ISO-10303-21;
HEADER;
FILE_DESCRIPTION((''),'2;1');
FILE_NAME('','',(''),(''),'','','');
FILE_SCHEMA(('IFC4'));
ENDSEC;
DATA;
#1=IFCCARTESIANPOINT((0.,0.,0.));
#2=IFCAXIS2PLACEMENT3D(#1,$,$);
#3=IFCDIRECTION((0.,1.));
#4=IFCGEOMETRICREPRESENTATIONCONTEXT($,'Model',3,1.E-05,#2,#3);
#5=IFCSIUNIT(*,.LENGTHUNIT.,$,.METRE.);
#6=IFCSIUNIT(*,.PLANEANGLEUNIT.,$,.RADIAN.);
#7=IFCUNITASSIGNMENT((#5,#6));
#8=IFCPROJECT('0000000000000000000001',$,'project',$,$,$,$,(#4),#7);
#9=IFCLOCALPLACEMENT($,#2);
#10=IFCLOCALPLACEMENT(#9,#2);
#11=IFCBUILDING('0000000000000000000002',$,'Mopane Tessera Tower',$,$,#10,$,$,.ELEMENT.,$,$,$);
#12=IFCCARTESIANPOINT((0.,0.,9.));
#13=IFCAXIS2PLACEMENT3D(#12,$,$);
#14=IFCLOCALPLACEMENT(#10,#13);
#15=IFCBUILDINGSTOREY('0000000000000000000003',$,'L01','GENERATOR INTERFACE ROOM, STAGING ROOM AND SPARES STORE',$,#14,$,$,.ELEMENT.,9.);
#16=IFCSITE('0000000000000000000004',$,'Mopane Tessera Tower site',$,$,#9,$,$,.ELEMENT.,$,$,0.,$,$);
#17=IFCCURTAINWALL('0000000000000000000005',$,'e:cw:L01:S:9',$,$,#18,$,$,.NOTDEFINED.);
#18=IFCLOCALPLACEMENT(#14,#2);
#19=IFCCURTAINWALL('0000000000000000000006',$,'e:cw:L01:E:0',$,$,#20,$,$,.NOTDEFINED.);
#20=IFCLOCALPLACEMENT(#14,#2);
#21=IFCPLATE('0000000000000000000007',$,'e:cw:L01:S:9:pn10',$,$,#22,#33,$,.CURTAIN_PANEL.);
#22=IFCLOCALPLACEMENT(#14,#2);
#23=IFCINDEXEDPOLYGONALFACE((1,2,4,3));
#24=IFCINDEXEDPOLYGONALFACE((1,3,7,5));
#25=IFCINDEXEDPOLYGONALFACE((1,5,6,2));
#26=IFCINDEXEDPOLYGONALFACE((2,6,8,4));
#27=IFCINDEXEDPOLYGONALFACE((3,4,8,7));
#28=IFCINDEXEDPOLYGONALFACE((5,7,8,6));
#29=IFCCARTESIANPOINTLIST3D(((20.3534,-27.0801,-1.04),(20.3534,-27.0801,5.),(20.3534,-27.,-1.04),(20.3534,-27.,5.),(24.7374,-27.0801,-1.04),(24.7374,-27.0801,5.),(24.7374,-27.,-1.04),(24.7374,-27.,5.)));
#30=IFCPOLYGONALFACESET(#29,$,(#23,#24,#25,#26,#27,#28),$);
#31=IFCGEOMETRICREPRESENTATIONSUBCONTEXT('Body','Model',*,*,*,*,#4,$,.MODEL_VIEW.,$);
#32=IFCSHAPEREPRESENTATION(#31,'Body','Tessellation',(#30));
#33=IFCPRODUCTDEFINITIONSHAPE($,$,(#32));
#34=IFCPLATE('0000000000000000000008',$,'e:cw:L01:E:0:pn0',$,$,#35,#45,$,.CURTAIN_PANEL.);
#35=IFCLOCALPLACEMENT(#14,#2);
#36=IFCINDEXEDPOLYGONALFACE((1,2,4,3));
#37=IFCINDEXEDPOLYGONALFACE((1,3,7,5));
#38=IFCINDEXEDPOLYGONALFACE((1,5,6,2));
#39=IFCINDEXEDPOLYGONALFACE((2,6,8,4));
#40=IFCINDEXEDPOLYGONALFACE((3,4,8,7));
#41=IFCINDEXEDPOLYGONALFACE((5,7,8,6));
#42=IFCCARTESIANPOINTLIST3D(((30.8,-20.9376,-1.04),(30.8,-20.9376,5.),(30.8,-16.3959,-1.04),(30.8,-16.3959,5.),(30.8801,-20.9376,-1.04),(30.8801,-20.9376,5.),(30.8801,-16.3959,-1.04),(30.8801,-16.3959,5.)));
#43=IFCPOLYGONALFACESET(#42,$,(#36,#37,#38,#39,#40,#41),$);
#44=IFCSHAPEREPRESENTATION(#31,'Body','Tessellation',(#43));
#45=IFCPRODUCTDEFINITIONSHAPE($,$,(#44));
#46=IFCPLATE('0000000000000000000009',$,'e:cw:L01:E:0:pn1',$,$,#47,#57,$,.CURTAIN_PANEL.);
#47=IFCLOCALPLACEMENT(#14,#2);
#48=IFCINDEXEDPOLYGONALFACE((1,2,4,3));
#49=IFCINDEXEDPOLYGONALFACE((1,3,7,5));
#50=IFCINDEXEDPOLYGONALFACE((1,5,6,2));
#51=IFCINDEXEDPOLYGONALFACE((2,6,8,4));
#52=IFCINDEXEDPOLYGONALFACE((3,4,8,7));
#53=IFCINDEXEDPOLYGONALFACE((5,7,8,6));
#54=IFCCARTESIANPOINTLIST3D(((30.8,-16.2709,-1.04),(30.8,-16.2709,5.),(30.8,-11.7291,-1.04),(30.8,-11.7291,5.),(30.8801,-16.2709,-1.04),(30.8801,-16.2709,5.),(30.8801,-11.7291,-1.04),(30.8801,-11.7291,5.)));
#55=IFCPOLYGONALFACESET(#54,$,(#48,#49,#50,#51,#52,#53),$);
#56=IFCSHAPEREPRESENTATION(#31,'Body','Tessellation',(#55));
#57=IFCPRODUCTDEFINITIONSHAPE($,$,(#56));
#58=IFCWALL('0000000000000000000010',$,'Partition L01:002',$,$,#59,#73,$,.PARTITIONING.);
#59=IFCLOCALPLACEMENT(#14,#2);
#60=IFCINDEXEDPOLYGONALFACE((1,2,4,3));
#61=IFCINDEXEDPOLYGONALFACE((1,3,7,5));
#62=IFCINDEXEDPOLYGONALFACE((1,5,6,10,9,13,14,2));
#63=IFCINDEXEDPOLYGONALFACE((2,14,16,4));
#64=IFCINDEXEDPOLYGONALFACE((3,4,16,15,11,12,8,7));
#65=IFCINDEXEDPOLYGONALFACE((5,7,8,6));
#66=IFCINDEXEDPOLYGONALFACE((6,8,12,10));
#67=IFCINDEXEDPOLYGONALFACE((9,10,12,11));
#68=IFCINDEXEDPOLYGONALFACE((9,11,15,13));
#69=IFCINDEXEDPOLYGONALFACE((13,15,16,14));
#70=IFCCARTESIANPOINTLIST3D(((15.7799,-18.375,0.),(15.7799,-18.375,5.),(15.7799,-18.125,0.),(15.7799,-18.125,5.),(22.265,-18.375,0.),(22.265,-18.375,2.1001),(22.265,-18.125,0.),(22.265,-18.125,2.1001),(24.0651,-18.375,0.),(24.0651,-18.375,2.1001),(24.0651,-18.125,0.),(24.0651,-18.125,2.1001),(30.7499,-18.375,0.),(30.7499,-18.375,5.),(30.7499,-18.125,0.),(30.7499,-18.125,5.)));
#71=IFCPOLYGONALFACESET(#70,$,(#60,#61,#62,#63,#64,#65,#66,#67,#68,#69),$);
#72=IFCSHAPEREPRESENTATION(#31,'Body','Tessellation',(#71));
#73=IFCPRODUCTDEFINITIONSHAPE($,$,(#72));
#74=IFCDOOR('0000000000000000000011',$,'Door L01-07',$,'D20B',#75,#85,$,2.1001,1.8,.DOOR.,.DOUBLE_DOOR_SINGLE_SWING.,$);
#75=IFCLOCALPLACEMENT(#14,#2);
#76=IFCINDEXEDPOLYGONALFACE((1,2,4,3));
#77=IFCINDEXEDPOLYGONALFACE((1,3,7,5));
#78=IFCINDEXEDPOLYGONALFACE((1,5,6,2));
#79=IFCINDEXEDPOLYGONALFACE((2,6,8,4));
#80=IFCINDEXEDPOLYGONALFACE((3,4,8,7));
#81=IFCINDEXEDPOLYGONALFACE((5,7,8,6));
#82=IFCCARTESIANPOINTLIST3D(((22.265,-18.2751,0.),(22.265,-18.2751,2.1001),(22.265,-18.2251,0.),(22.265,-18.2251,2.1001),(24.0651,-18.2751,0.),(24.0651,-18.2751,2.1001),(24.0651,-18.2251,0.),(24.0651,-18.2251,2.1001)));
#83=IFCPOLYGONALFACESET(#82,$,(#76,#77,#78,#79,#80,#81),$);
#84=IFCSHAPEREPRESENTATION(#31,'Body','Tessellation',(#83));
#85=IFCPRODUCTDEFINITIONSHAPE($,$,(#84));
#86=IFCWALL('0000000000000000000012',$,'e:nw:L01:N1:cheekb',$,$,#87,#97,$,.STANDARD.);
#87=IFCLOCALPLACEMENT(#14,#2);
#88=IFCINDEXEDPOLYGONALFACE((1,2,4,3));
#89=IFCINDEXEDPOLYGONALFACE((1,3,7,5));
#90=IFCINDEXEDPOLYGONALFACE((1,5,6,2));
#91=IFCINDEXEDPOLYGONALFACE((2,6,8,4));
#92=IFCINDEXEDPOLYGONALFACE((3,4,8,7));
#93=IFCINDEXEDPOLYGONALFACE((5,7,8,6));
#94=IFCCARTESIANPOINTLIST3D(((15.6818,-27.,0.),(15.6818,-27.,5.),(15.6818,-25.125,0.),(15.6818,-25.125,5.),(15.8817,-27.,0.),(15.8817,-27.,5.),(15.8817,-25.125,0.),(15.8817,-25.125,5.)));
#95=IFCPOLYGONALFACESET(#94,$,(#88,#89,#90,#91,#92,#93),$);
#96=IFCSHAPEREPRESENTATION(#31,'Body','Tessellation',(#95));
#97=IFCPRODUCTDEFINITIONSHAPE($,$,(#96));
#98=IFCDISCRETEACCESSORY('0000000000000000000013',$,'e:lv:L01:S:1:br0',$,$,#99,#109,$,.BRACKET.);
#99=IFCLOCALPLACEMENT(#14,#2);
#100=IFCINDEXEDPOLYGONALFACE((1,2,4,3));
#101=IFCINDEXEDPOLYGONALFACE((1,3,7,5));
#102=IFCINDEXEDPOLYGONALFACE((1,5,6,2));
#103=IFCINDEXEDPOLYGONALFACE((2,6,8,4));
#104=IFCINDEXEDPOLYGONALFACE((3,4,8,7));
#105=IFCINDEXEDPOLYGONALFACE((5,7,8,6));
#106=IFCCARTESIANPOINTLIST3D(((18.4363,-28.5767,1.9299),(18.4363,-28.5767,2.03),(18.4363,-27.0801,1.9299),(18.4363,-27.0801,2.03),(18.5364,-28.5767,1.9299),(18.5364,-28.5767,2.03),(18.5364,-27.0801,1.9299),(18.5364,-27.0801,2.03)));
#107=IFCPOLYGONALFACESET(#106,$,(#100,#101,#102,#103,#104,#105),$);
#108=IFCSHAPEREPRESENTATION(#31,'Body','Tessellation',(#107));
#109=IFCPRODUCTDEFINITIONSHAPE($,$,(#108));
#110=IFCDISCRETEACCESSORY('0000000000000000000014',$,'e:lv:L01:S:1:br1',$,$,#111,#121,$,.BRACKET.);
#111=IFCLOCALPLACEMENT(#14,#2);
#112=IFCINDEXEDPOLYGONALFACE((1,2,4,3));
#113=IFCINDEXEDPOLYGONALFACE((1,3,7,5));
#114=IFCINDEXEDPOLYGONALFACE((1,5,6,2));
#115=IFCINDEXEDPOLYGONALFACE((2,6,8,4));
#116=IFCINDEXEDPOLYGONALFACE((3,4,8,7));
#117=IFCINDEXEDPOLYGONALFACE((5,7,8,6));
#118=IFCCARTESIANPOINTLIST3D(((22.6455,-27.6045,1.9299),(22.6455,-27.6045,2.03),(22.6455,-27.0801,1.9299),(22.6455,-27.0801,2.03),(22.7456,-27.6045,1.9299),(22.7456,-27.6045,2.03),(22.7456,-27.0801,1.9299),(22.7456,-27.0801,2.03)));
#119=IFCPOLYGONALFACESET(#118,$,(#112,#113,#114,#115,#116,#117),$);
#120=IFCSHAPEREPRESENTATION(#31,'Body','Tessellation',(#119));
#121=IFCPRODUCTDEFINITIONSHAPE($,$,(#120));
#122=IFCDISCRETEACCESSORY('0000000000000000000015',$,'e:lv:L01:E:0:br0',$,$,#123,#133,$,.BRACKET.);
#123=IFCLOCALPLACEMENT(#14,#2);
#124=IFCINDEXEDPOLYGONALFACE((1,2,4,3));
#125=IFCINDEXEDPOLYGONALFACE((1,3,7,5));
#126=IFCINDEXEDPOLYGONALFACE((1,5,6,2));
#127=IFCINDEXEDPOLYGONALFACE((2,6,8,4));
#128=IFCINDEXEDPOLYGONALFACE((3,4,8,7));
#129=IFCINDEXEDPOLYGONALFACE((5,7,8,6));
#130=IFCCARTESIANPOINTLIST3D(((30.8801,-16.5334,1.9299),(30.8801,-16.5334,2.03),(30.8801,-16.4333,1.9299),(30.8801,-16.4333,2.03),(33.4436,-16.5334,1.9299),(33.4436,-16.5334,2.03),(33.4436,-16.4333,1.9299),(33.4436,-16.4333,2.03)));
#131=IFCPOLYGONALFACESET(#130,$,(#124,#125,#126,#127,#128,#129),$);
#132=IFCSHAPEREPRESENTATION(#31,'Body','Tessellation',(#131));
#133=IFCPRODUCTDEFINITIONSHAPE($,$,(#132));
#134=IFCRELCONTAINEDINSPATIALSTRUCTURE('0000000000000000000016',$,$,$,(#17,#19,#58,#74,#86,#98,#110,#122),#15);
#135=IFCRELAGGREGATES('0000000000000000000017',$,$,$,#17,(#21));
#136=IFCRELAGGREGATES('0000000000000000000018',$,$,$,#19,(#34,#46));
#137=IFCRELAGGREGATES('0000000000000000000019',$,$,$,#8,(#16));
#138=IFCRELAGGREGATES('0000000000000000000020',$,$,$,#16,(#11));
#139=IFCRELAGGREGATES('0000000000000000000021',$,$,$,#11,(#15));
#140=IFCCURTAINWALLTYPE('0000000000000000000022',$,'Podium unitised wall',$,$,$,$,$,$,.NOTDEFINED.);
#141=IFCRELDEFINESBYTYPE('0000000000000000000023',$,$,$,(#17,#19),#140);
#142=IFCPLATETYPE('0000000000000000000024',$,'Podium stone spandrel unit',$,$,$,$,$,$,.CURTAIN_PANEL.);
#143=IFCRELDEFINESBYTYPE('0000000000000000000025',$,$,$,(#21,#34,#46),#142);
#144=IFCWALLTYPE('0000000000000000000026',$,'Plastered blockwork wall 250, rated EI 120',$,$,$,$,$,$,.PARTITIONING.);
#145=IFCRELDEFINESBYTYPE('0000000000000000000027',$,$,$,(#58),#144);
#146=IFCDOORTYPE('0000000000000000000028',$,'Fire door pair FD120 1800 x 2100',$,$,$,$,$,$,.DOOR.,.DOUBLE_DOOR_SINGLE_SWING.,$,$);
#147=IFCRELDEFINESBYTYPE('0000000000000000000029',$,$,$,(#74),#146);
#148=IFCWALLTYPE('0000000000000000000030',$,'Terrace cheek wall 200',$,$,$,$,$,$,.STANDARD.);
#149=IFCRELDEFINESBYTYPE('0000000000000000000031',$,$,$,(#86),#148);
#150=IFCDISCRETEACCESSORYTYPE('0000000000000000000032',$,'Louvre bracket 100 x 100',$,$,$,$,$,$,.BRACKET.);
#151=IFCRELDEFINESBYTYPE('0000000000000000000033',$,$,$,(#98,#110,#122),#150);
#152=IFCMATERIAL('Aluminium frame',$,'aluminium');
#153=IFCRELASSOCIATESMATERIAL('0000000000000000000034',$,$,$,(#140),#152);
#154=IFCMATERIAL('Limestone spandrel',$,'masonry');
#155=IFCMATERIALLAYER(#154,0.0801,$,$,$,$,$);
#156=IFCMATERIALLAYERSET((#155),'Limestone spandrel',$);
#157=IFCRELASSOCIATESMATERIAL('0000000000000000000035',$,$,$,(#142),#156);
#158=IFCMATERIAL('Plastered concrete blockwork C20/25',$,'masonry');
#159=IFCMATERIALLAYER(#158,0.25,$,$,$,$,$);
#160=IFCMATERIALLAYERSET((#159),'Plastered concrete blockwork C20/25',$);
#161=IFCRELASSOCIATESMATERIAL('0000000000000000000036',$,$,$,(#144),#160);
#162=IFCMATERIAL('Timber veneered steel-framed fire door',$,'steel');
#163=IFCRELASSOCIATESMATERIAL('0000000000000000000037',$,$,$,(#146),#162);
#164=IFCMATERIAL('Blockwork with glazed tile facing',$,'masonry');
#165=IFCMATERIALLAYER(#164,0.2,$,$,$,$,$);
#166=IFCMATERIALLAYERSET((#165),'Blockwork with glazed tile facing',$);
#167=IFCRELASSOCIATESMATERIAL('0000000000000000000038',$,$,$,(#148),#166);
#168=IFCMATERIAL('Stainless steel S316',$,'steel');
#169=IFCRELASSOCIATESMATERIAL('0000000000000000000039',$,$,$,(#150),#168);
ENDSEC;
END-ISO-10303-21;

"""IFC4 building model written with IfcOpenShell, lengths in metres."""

from ifc_helpers import new_model, si_unit, direction, frame, frame_2d, origin, origin_2d, place, context, subcontext, project, spatial, rectangle, extrude, material, layer, layer_set, type_object, element, fill, aggregate, save


model = new_model("IFC4")

# Units and contexts
model_context = context("Model", 3, precision=1e-05, world=origin(), true_north=direction((0.0, 1.0)))
body_context = subcontext(model_context, "Body", "Model", "MODEL_VIEW")
ifc_project = project(units=[si_unit("LENGTHUNIT", "METRE"), si_unit("PLANEANGLEUNIT", "RADIAN")], contexts=[model_context])

# Site, building, storey
site_placement = place(None, origin())
site = spatial("IfcSite", under=ifc_project, at=site_placement, Name="Mopane Tessera Tower site", CompositionType="ELEMENT", RefElevation=0.0)
building_placement = place(site_placement, origin())
building = spatial("IfcBuilding", under=site, at=building_placement, Name="Mopane Tessera Tower", CompositionType="ELEMENT")
storey_placement = place(building_placement, frame((0.0, 0.0, 9.0)))
storey = spatial("IfcBuildingStorey", under=building, at=storey_placement, Name="L01", Description="GENERATOR INTERFACE ROOM, STAGING ROOM AND SPARES STORE", CompositionType="ELEMENT", Elevation=9.0)

# Curtain walls
ifc_material_1 = material(Name="Aluminium frame", Category="aluminium")
curtain_wall_type = type_object("IfcCurtainWallType", Name="Podium unitised wall", PredefinedType="NOTDEFINED", material=ifc_material_1)
curtain_wall_1_placement = place(storey_placement, origin())
curtain_wall_1 = element("IfcCurtainWall", 1, at=curtain_wall_1_placement, inside=storey, type_object=curtain_wall_type, Name="e:cw:L01:S:9", PredefinedType="NOTDEFINED")
curtain_wall_2_placement = place(storey_placement, origin())
curtain_wall_2 = element("IfcCurtainWall", 2, at=curtain_wall_2_placement, inside=storey, type_object=curtain_wall_type, Name="e:cw:L01:E:0", PredefinedType="NOTDEFINED")

# Plates
ifc_material_2 = material(Name="Limestone spandrel", Category="masonry")
ifc_layer_1 = layer(ifc_material_2, 0.0801)
ifc_layer_set_1 = layer_set([ifc_layer_1], Name="Limestone spandrel")
plate_type = type_object("IfcPlateType", Name="Podium stone spandrel unit", PredefinedType="CURTAIN_PANEL", material=ifc_layer_set_1)
plate_1_placement = place(storey_placement, frame((22.5454, -27.04, -1.04), z_axis=(0.0, 0.0, 1.0), x_axis=(1.0, 0.0, 0.0)))
plate_1 = element("IfcPlate", 3, at=plate_1_placement, type_object=plate_type, Name="e:cw:L01:S:9:pn10", PredefinedType="CURTAIN_PANEL", context=body_context, shape_type="SweptSolid", body=[
    extrude(rectangle(XDim=4.384, YDim=0.0801, at=origin_2d()), origin(), (0.0, 0.0, 1.0), 6.04),
])
aggregate(curtain_wall_1, [plate_1])
plate_2_placement = place(storey_placement, frame((30.8401, -18.6667, -1.04), z_axis=(0.0, 0.0, 1.0), x_axis=(0.0, 1.0, 0.0)))
plate_2 = element("IfcPlate", 4, at=plate_2_placement, type_object=plate_type, Name="e:cw:L01:E:0:pn0", PredefinedType="CURTAIN_PANEL", context=body_context, shape_type="SweptSolid", body=[
    extrude(rectangle(XDim=4.5417, YDim=0.0801, at=origin_2d()), origin(), (0.0, 0.0, 1.0), 6.04),
])
plate_3_placement = place(storey_placement, frame((30.8401, -14.0, -1.04), z_axis=(0.0, 0.0, 1.0), x_axis=(0.0, 1.0, 0.0)))
plate_3 = element("IfcPlate", 5, at=plate_3_placement, type_object=plate_type, Name="e:cw:L01:E:0:pn1", PredefinedType="CURTAIN_PANEL", context=body_context, shape_type="SweptSolid", body=[
    extrude(rectangle(XDim=4.5417, YDim=0.0801, at=origin_2d()), origin(), (0.0, 0.0, 1.0), 6.04),
])
aggregate(curtain_wall_2, [plate_2, plate_3])

# Wall, opening, door
ifc_material_3 = material(Name="Plastered concrete blockwork C20/25", Category="masonry")
ifc_layer_2 = layer(ifc_material_3, 0.25)
ifc_layer_set_2 = layer_set([ifc_layer_2], Name="Plastered concrete blockwork C20/25")
wall_type_1 = type_object("IfcWallType", Name="Plastered blockwork wall 250, rated EI 120", PredefinedType="PARTITIONING", material=ifc_layer_set_2)
wall_1_placement = place(storey_placement, frame((15.78, -18.25, 0.0), z_axis=(0.0, 0.0, 1.0), x_axis=(1.0, 0.0, 0.0)))
wall_1 = element("IfcWall", 6, at=wall_1_placement, inside=storey, type_object=wall_type_1, Name="Partition L01:002", PredefinedType="PARTITIONING", context=body_context, shape_type="SweptSolid", body=[
    extrude(rectangle(XDim=14.97, YDim=0.25, at=frame_2d((7.4849, 0.0))), origin(), (0.0, 0.0, 1.0), 5.0),
])
opening_placement = place(wall_1_placement, frame((6.4851, 0.0, 0.0)))
opening = element("IfcOpeningElement", 7, at=opening_placement, cuts=wall_1, PredefinedType="OPENING", context=body_context, shape_type="SweptSolid", body=[
    extrude(rectangle(XDim=1.8, YDim=2.1001, at=frame_2d((0.8999, 1.05))), frame((0.0, 0.137, 0.0), z_axis=(0.0, -1.0, 0.0), x_axis=(1.0, 0.0, 0.0)), (0.0, 0.0, 1.0), 0.2739),
])
ifc_material_4 = material(Name="Timber veneered steel-framed fire door", Category="steel")
door_type = type_object("IfcDoorType", Name="Fire door pair FD120 1800 x 2100", OperationType="DOUBLE_DOOR_SINGLE_SWING", PredefinedType="DOOR", material=ifc_material_4)
door_placement = place(opening_placement, origin())
door = element("IfcDoor", 8, at=door_placement, inside=storey, type_object=door_type, Name="Door L01-07", ObjectType="D20B", OperationType="DOUBLE_DOOR_SINGLE_SWING", OverallHeight=2.1001, OverallWidth=1.8, PredefinedType="DOOR", context=body_context, shape_type="SweptSolid", body=[
    extrude(rectangle(XDim=1.8, YDim=2.1001, at=frame_2d((0.8999, 1.05))), frame((0.0, 0.0249, 0.0), z_axis=(0.0, -1.0, 0.0), x_axis=(1.0, 0.0, 0.0)), (0.0, 0.0, 1.0), 0.05),
])
fill(opening, door)

# Wall
ifc_material_5 = material(Name="Blockwork with glazed tile facing", Category="masonry")
ifc_layer_3 = layer(ifc_material_5, 0.2)
ifc_layer_set_3 = layer_set([ifc_layer_3], Name="Blockwork with glazed tile facing")
wall_type_2 = type_object("IfcWallType", Name="Terrace cheek wall 200", PredefinedType="STANDARD", material=ifc_layer_set_3)
wall_2_placement = place(storey_placement, frame((15.7817, -27.0, 0.0), z_axis=(0.0, 0.0, 1.0), x_axis=(0.0, 1.0, 0.0)))
element("IfcWall", 9, at=wall_2_placement, inside=storey, type_object=wall_type_2, Name="e:nw:L01:N1:cheekb", PredefinedType="STANDARD", context=body_context, shape_type="SweptSolid", body=[
    extrude(rectangle(XDim=1.875, YDim=0.2, at=frame_2d((0.9375, 0.0))), origin(), (0.0, 0.0, 1.0), 5.0),
])

# Discrete accessories
ifc_material_6 = material(Name="Stainless steel S316", Category="steel")
discrete_accessory_type = type_object("IfcDiscreteAccessoryType", Name="Louvre bracket 100 x 100", PredefinedType="BRACKET", material=ifc_material_6)
discrete_accessory_1_placement = place(storey_placement, frame((18.4863, -27.8284, 1.9299), z_axis=(0.0, 0.0, 1.0), x_axis=(0.0, -1.0, 0.0)))
element("IfcDiscreteAccessory", 10, at=discrete_accessory_1_placement, inside=storey, type_object=discrete_accessory_type, Name="e:lv:L01:S:1:br0", PredefinedType="BRACKET", context=body_context, shape_type="SweptSolid", body=[
    extrude(rectangle(XDim=1.4966, YDim=0.1001, at=origin_2d()), origin(), (0.0, 0.0, 1.0), 0.1001),
])
discrete_accessory_2_placement = place(storey_placement, frame((22.6956, -27.3423, 1.9299), z_axis=(0.0, 0.0, 1.0), x_axis=(0.0, -1.0, 0.0)))
element("IfcDiscreteAccessory", 11, at=discrete_accessory_2_placement, inside=storey, type_object=discrete_accessory_type, Name="e:lv:L01:S:1:br1", PredefinedType="BRACKET", context=body_context, shape_type="SweptSolid", body=[
    extrude(rectangle(XDim=0.5244, YDim=0.1001, at=origin_2d()), origin(), (0.0, 0.0, 1.0), 0.1001),
])
discrete_accessory_3_placement = place(storey_placement, frame((32.1619, -16.4834, 1.9299), z_axis=(0.0, 0.0, 1.0), x_axis=(1.0, 0.0, 0.0)))
element("IfcDiscreteAccessory", 12, at=discrete_accessory_3_placement, inside=storey, type_object=discrete_accessory_type, Name="e:lv:L01:E:0:br0", PredefinedType="BRACKET", context=body_context, shape_type="SweptSolid", body=[
    extrude(rectangle(XDim=2.5635, YDim=0.1001, at=origin_2d()), origin(), (0.0, 0.0, 1.0), 0.1001),
])

save(model, "model.ifc")
